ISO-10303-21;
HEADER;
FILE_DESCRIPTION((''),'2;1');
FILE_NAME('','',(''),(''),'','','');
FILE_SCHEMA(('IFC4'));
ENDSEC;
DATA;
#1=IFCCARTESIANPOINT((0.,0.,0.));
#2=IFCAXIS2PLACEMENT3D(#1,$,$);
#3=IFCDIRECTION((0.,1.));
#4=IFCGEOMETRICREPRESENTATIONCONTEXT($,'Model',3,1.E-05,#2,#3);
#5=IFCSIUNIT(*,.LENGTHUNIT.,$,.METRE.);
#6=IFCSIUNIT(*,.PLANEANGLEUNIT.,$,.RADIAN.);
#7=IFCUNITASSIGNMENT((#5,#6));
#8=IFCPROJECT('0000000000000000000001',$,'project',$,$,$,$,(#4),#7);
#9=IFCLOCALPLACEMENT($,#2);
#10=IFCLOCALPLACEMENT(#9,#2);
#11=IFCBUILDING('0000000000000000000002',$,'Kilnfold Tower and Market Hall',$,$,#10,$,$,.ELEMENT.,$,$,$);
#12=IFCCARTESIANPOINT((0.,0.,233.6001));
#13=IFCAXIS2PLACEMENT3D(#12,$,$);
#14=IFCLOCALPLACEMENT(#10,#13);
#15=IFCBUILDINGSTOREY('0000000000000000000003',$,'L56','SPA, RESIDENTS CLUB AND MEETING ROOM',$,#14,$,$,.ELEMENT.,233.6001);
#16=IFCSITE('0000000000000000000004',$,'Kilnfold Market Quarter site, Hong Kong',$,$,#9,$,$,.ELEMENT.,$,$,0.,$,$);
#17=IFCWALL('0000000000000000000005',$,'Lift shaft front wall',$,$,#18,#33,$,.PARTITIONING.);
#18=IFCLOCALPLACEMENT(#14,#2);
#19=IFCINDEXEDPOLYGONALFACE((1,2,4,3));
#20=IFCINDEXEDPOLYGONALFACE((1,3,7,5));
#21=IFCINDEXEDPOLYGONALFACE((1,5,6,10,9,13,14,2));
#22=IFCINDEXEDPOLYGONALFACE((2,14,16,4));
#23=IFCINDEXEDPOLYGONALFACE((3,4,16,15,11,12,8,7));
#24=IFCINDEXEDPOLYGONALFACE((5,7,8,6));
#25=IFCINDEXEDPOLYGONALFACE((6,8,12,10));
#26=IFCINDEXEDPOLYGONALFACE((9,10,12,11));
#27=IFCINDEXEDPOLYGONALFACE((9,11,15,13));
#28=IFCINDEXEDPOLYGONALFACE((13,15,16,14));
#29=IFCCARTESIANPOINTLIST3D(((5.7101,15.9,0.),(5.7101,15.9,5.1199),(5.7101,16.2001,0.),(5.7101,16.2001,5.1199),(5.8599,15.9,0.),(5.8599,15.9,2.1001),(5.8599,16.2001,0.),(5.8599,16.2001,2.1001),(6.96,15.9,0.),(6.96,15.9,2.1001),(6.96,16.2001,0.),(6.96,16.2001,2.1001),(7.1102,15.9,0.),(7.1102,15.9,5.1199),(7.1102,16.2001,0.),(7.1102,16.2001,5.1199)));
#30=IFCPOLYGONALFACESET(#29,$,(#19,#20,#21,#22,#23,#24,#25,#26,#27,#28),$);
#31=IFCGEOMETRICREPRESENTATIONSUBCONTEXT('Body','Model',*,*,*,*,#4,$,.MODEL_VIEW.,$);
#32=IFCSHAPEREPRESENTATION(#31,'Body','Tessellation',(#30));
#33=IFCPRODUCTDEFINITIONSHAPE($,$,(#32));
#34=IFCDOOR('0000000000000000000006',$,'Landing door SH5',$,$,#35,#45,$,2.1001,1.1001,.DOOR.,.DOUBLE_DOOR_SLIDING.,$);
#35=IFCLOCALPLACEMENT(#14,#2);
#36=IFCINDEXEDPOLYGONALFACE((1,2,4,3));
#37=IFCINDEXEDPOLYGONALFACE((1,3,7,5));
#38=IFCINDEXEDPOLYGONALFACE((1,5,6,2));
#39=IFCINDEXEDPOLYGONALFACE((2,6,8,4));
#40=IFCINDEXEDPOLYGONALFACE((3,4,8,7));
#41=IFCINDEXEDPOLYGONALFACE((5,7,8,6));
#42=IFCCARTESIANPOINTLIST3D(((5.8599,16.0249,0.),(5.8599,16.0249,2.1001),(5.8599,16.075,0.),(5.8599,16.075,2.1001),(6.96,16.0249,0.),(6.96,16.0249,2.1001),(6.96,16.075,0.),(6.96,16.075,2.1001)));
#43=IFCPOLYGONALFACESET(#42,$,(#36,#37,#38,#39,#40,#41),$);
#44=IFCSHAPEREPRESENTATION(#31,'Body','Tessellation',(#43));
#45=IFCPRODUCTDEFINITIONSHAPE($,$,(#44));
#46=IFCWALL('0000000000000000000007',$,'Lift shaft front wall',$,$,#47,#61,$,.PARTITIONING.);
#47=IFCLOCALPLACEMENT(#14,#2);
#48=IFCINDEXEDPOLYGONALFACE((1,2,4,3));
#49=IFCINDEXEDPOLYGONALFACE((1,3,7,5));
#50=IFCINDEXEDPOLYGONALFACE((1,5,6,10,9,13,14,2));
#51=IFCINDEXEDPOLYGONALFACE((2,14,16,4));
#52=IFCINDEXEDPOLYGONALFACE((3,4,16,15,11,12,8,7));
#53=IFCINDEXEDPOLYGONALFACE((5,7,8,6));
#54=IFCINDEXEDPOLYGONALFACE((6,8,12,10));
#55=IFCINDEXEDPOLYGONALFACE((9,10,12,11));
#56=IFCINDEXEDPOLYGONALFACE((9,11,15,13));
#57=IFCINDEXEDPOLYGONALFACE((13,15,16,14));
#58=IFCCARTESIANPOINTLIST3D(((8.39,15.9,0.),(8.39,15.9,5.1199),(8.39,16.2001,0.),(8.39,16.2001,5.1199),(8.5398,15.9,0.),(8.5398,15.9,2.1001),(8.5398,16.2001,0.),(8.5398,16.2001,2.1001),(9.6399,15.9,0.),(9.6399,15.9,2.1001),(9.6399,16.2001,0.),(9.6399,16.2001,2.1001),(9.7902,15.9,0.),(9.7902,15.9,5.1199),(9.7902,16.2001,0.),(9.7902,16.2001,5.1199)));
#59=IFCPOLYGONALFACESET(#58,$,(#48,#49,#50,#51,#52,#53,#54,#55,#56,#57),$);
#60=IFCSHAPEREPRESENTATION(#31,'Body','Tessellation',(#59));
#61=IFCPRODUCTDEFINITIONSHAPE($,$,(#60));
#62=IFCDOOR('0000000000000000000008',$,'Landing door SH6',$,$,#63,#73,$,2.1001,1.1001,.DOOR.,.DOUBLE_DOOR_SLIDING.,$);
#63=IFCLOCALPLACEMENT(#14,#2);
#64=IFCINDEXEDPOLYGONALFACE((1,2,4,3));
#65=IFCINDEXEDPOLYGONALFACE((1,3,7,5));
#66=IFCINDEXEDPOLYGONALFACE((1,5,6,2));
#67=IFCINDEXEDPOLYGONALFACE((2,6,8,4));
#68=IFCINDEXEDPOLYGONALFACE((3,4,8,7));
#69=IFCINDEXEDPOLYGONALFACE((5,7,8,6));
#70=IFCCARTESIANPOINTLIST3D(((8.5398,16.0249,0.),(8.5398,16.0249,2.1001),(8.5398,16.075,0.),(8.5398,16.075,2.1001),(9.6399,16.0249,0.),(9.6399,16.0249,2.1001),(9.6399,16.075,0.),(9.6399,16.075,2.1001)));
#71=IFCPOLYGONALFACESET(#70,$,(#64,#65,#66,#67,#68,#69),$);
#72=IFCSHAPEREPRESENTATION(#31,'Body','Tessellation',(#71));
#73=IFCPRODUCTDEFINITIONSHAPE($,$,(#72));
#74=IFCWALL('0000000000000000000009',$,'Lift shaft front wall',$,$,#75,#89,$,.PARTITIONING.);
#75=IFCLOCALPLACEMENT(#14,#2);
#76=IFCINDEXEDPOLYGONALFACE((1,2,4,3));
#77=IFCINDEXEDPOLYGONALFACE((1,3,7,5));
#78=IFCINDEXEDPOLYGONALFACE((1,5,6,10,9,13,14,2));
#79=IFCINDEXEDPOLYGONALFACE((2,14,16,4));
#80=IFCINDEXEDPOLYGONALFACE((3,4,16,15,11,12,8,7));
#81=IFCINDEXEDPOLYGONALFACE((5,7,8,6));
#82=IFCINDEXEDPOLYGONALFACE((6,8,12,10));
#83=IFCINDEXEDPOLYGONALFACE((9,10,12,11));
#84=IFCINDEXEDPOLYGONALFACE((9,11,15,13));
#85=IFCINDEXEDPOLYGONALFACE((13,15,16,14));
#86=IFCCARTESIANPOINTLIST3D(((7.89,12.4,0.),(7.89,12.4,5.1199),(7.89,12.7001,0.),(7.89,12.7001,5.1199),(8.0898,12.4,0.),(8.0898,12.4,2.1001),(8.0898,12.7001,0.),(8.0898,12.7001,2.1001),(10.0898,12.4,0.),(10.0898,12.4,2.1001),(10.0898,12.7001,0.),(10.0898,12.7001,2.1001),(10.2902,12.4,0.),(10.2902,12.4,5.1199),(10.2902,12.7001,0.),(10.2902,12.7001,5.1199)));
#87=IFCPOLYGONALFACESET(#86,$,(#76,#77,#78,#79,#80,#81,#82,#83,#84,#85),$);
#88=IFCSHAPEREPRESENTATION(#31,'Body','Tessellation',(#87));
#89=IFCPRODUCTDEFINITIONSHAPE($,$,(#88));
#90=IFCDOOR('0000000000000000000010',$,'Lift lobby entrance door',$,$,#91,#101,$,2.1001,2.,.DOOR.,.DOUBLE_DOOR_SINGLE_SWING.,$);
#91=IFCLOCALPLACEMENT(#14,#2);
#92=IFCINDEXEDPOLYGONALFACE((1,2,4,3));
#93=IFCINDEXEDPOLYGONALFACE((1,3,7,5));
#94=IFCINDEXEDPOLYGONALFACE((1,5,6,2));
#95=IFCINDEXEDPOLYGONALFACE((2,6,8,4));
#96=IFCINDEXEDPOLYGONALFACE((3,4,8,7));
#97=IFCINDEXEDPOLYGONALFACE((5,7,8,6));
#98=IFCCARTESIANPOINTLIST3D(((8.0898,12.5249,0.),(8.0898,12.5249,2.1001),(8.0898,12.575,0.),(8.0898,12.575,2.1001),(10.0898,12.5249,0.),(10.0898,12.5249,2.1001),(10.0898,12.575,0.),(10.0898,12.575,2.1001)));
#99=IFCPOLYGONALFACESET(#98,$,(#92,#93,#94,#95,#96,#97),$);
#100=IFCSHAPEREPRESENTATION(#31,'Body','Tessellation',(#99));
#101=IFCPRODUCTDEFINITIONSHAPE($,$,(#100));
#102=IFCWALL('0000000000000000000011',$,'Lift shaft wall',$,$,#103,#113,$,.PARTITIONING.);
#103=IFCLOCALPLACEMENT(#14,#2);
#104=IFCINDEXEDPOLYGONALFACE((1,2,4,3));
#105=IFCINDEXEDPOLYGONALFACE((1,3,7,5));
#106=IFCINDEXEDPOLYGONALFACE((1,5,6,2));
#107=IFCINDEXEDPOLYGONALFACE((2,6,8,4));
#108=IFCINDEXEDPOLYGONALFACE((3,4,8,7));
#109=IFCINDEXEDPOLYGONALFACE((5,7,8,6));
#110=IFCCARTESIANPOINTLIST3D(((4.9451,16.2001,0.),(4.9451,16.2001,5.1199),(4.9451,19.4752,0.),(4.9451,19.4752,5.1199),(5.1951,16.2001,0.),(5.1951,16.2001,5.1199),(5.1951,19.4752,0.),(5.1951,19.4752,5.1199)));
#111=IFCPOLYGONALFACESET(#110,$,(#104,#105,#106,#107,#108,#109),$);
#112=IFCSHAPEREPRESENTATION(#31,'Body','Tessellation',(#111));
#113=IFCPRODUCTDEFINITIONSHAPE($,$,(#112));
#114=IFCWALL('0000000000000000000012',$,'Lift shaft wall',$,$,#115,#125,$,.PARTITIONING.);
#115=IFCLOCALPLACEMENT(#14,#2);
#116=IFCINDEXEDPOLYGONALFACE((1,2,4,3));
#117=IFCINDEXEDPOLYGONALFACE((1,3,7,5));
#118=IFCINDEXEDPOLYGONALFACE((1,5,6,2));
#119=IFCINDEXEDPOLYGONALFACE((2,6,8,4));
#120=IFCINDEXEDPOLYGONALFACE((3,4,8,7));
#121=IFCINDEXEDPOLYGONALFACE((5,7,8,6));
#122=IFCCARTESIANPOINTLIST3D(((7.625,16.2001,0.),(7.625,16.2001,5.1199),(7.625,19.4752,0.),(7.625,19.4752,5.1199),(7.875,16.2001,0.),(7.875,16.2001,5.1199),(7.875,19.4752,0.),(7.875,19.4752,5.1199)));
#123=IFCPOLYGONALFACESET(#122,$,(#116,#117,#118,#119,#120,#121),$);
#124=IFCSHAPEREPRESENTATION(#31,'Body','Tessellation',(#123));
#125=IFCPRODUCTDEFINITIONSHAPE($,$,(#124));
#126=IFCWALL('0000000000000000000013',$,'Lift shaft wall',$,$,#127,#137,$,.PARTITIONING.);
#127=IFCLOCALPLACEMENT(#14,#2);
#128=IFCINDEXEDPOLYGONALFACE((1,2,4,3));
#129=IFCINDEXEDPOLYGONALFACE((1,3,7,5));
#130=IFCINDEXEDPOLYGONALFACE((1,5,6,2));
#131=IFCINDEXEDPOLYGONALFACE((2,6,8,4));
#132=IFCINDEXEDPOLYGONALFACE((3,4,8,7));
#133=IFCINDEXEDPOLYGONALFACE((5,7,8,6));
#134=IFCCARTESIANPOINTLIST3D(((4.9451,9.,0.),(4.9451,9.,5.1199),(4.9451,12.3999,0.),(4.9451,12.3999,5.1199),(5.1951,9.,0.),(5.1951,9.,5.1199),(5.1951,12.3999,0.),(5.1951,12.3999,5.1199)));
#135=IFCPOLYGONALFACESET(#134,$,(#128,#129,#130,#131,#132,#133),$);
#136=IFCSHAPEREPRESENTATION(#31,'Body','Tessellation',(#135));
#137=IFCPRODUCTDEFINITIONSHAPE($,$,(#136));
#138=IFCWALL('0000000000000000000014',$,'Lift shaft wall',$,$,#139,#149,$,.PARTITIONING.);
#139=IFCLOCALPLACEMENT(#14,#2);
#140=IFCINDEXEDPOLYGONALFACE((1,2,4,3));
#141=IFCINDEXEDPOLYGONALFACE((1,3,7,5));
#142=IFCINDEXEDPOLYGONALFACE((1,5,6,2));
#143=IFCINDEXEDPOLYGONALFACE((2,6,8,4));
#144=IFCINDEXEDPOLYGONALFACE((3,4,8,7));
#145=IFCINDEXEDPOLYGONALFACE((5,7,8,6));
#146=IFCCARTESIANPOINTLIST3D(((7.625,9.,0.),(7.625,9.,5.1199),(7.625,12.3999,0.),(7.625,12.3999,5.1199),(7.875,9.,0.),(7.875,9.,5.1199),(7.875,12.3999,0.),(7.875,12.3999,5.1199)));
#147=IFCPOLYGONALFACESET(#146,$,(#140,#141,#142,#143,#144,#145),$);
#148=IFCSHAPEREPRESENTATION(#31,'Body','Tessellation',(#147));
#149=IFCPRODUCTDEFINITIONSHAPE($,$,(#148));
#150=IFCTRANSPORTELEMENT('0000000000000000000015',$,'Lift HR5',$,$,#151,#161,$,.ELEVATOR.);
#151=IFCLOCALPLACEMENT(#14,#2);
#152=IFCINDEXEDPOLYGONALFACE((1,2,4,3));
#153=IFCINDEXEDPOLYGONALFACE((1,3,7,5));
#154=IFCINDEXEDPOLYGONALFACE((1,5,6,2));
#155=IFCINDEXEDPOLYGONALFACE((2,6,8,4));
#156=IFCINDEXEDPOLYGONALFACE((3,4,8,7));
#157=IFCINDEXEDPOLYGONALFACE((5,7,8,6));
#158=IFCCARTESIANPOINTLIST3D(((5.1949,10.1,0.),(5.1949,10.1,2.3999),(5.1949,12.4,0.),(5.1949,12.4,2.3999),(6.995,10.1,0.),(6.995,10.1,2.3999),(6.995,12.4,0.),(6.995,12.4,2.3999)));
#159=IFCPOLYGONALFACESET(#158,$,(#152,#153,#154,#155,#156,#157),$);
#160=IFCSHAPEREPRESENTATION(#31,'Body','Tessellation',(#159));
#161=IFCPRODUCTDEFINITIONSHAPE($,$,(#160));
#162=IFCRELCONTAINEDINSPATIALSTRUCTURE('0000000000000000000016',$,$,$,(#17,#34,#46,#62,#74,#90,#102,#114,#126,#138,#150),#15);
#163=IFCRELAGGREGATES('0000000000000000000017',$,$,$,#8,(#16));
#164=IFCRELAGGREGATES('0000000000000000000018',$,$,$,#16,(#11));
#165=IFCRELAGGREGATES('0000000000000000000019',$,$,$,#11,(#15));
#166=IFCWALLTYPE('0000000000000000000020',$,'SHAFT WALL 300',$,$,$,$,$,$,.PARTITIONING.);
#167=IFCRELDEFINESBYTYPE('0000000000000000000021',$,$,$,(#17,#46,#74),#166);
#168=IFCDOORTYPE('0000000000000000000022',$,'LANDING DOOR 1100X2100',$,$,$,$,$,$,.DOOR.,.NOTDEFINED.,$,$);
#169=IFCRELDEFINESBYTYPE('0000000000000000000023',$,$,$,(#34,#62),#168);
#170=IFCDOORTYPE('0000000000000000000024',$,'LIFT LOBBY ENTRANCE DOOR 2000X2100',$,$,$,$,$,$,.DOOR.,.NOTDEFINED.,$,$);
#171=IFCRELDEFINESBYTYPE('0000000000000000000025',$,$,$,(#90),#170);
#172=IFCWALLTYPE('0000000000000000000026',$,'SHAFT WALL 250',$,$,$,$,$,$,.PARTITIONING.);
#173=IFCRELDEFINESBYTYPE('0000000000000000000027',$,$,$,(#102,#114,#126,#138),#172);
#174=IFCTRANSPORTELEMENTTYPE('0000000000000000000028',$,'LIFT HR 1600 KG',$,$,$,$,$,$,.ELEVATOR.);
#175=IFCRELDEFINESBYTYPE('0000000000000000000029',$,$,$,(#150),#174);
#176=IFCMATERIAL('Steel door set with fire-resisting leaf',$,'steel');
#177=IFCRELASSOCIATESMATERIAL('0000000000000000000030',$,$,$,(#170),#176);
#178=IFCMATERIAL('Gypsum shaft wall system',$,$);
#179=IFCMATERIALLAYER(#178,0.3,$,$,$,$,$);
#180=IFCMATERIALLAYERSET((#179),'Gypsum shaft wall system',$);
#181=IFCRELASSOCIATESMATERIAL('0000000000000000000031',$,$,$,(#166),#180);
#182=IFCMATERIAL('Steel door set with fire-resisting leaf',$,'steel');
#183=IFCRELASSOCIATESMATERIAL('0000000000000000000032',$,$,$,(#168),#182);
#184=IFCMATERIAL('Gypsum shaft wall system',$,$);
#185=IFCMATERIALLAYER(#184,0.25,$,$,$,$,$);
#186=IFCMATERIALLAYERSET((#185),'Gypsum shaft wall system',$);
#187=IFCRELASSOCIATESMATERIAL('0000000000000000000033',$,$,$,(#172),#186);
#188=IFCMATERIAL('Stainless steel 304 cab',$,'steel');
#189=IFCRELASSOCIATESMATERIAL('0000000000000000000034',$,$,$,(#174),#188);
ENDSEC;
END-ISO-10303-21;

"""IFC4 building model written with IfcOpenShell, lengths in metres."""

from ifc_helpers import new_model, si_unit, direction, frame, frame_2d, origin, origin_2d, place, context, subcontext, project, spatial, rectangle, extrude, source, transform, mapped, material, layer, layer_set, type_object, element, fill, save


model = new_model("IFC4")

# Units and contexts
model_context = context("Model", 3, precision=1e-05, world=origin(), true_north=direction((0.0, 1.0)))
body_context = subcontext(model_context, "Body", "Model", "MODEL_VIEW")
ifc_project = project(units=[si_unit("LENGTHUNIT", "METRE"), si_unit("PLANEANGLEUNIT", "RADIAN")], contexts=[model_context])

# Site, building, storey
site_placement = place(None, origin())
site = spatial("IfcSite", under=ifc_project, at=site_placement, Name="Kilnfold Market Quarter site, Hong Kong", CompositionType="ELEMENT", RefElevation=0.0)
building_placement = place(site_placement, origin())
building = spatial("IfcBuilding", under=site, at=building_placement, Name="Kilnfold Tower and Market Hall", CompositionType="ELEMENT")
storey_placement = place(building_placement, frame((0.0, 0.0, 233.6001)))
storey = spatial("IfcBuildingStorey", under=building, at=storey_placement, Name="L56", Description="SPA, RESIDENTS CLUB AND MEETING ROOM", CompositionType="ELEMENT", Elevation=233.6001)

# Walls, openings, doors
ifc_material_1 = material(Name="Steel door set with fire-resisting leaf", Category="steel")
door_type_1 = type_object("IfcDoorType", Name="LIFT LOBBY ENTRANCE DOOR 2000X2100", OperationType="NOTDEFINED", PredefinedType="DOOR", material=ifc_material_1)
ifc_material_2 = material(Name="Gypsum shaft wall system")
ifc_layer_1 = layer(ifc_material_2, 0.3)
ifc_layer_set_1 = layer_set([ifc_layer_1], Name="Gypsum shaft wall system")
wall_type_1 = type_object("IfcWallType", Name="SHAFT WALL 300", PredefinedType="PARTITIONING", material=ifc_layer_set_1)
shared_shape_1 = source(origin(), body_context, "Body", "SweptSolid", [
    extrude(rectangle(XDim=1.4001, YDim=0.3, at=frame_2d((0.7002, 0.0))), origin(), (0.0, 0.0, 1.0), 5.1199),
])
ifc_material_3 = material(Name="Steel door set with fire-resisting leaf", Category="steel")
door_type_2 = type_object("IfcDoorType", Name="LANDING DOOR 1100X2100", OperationType="NOTDEFINED", PredefinedType="DOOR", material=ifc_material_3)
wall_1_placement = place(storey_placement, frame((5.71, 16.05, 0.0), z_axis=(0.0, 0.0, 1.0), x_axis=(1.0, 0.0, 0.0)))
wall_1 = element("IfcWall", 1, at=wall_1_placement, inside=storey, type_object=wall_type_1, Name="Lift shaft front wall", PredefinedType="PARTITIONING", context=body_context, shape_type="MappedRepresentation", body=[
    mapped(shared_shape_1, transform((0.0, 0.0, 0.0))),
])
opening_1_placement = place(wall_1_placement, frame((0.1499, 0.0, 0.0)))
opening_1 = element("IfcOpeningElement", 2, at=opening_1_placement, cuts=wall_1, PredefinedType="OPENING", context=body_context, shape_type="SweptSolid", body=[
    extrude(rectangle(XDim=1.1001, YDim=2.1001, at=frame_2d((0.55, 1.05))), frame((0.0, 0.1602, 0.0), z_axis=(0.0, -1.0, 0.0), x_axis=(1.0, 0.0, 0.0)), (0.0, 0.0, 1.0), 0.3201),
])
door_1_placement = place(opening_1_placement, origin())
door_1 = element("IfcDoor", 3, at=door_1_placement, inside=storey, type_object=door_type_2, Name="Landing door SH5", OperationType="DOUBLE_DOOR_SLIDING", OverallHeight=2.1001, OverallWidth=1.1001, PredefinedType="DOOR", context=body_context, shape_type="SweptSolid", body=[
    extrude(rectangle(XDim=1.1001, YDim=2.1001, at=frame_2d((0.55, 1.05))), frame((0.0, 0.0249, 0.0), z_axis=(0.0, -1.0, 0.0), x_axis=(1.0, 0.0, 0.0)), (0.0, 0.0, 1.0), 0.05),
])
fill(opening_1, door_1)
wall_2_placement = place(storey_placement, frame((8.3899, 16.05, 0.0), z_axis=(0.0, 0.0, 1.0), x_axis=(1.0, 0.0, 0.0)))
wall_2 = element("IfcWall", 4, at=wall_2_placement, inside=storey, type_object=wall_type_1, Name="Lift shaft front wall", PredefinedType="PARTITIONING", context=body_context, shape_type="MappedRepresentation", body=[
    mapped(shared_shape_1, transform((0.0, 0.0, 0.0))),
])
opening_2_placement = place(wall_2_placement, frame((0.1499, 0.0, 0.0)))
opening_2 = element("IfcOpeningElement", 5, at=opening_2_placement, cuts=wall_2, PredefinedType="OPENING", context=body_context, shape_type="SweptSolid", body=[
    extrude(rectangle(XDim=1.1001, YDim=2.1001, at=frame_2d((0.55, 1.05))), frame((0.0, 0.1602, 0.0), z_axis=(0.0, -1.0, 0.0), x_axis=(1.0, 0.0, 0.0)), (0.0, 0.0, 1.0), 0.3201),
])
door_2_placement = place(opening_2_placement, origin())
door_2 = element("IfcDoor", 6, at=door_2_placement, inside=storey, type_object=door_type_2, Name="Landing door SH6", OperationType="DOUBLE_DOOR_SLIDING", OverallHeight=2.1001, OverallWidth=1.1001, PredefinedType="DOOR", context=body_context, shape_type="SweptSolid", body=[
    extrude(rectangle(XDim=1.1001, YDim=2.1001, at=frame_2d((0.55, 1.05))), frame((0.0, 0.0249, 0.0), z_axis=(0.0, -1.0, 0.0), x_axis=(1.0, 0.0, 0.0)), (0.0, 0.0, 1.0), 0.05),
])
fill(opening_2, door_2)
shared_shape_2 = source(origin(), body_context, "Body", "SweptSolid", [
    extrude(rectangle(XDim=2.4001, YDim=0.3, at=frame_2d((1.2002, 0.0))), origin(), (0.0, 0.0, 1.0), 5.1199),
])
wall_3_placement = place(storey_placement, frame((7.8899, 12.55, 0.0), z_axis=(0.0, 0.0, 1.0), x_axis=(1.0, 0.0, 0.0)))
wall_3 = element("IfcWall", 7, at=wall_3_placement, inside=storey, type_object=wall_type_1, Name="Lift shaft front wall", PredefinedType="PARTITIONING", context=body_context, shape_type="MappedRepresentation", body=[
    mapped(shared_shape_2, transform((0.0, 0.0, 0.0))),
])
opening_3_placement = place(wall_3_placement, frame((0.2, 0.0, 0.0)))
opening_3 = element("IfcOpeningElement", 8, at=opening_3_placement, cuts=wall_3, PredefinedType="OPENING", context=body_context, shape_type="SweptSolid", body=[
    extrude(rectangle(XDim=2.0, YDim=2.1001, at=frame_2d((1.0, 1.05))), frame((0.0, 0.1602, 0.0), z_axis=(0.0, -1.0, 0.0), x_axis=(1.0, 0.0, 0.0)), (0.0, 0.0, 1.0), 0.3201),
])
door_3_placement = place(opening_3_placement, origin())
door_3 = element("IfcDoor", 9, at=door_3_placement, inside=storey, type_object=door_type_1, Name="Lift lobby entrance door", OperationType="DOUBLE_DOOR_SINGLE_SWING", OverallHeight=2.1001, OverallWidth=2.0, PredefinedType="DOOR", context=body_context, shape_type="SweptSolid", body=[
    extrude(rectangle(XDim=2.0, YDim=2.1001, at=frame_2d((1.0, 1.05))), frame((0.0, 0.0249, 0.0), z_axis=(0.0, -1.0, 0.0), x_axis=(1.0, 0.0, 0.0)), (0.0, 0.0, 1.0), 0.05),
])
fill(opening_3, door_3)

# Walls
ifc_material_4 = material(Name="Gypsum shaft wall system")
ifc_layer_2 = layer(ifc_material_4, 0.25)
ifc_layer_set_2 = layer_set([ifc_layer_2], Name="Gypsum shaft wall system")
wall_type_2 = type_object("IfcWallType", Name="SHAFT WALL 250", PredefinedType="PARTITIONING", material=ifc_layer_set_2)
shared_shape_3 = source(origin(), body_context, "Body", "SweptSolid", [
    extrude(rectangle(XDim=3.2751, YDim=0.25, at=frame_2d((1.6377, 0.0))), origin(), (0.0, 0.0, 1.0), 5.1199),
])
for number, where, z_axis, x_axis, name in (
    (10, (5.0701, 16.2, 0.0), (0.0, 0.0, 1.0), (0.0, 1.0, 0.0), "Lift shaft wall"),
    (11, (7.75, 16.2, 0.0), (0.0, 0.0, 1.0), (0.0, 1.0, 0.0), "Lift shaft wall"),
):
    element("IfcWall", number, at=place(storey_placement, frame(where, z_axis=z_axis, x_axis=x_axis)), inside=storey, type_object=wall_type_2, Name=name, PredefinedType="PARTITIONING", context=body_context, shape_type="MappedRepresentation", body=[
        mapped(shared_shape_3, transform((0.0, 0.0, 0.0))),
    ])
shared_shape_4 = source(origin(), body_context, "Body", "SweptSolid", [
    extrude(rectangle(XDim=3.3999, YDim=0.25, at=frame_2d((1.7, 0.0))), origin(), (0.0, 0.0, 1.0), 5.1199),
])
for number, where, z_axis, x_axis, name in (
    (12, (5.0701, 9.0, 0.0), (0.0, 0.0, 1.0), (0.0, 1.0, 0.0), "Lift shaft wall"),
    (13, (7.75, 9.0, 0.0), (0.0, 0.0, 1.0), (0.0, 1.0, 0.0), "Lift shaft wall"),
):
    element("IfcWall", number, at=place(storey_placement, frame(where, z_axis=z_axis, x_axis=x_axis)), inside=storey, type_object=wall_type_2, Name=name, PredefinedType="PARTITIONING", context=body_context, shape_type="MappedRepresentation", body=[
        mapped(shared_shape_4, transform((0.0, 0.0, 0.0))),
    ])

# Transport element
ifc_material_5 = material(Name="Stainless steel 304 cab", Category="steel")
transport_element_type = type_object("IfcTransportElementType", Name="LIFT HR 1600 KG", PredefinedType="ELEVATOR", material=ifc_material_5)
shared_shape_5 = source(origin(), body_context, "Body", "SweptSolid", [
    extrude(rectangle(XDim=1.8, YDim=2.3, at=origin_2d()), origin(), (0.0, 0.0, 1.0), 2.3999),
])
transport_element_placement = place(storey_placement, frame((6.095, 11.25, 0.0), z_axis=(0.0, 0.0, 1.0), x_axis=(1.0, 0.0, 0.0)))
element("IfcTransportElement", 14, at=transport_element_placement, inside=storey, type_object=transport_element_type, Name="Lift HR5", PredefinedType="ELEVATOR", context=body_context, shape_type="MappedRepresentation", body=[
    mapped(shared_shape_5, transform((0.0, 0.0, 0.0))),
])

save(model, "model.ifc")
